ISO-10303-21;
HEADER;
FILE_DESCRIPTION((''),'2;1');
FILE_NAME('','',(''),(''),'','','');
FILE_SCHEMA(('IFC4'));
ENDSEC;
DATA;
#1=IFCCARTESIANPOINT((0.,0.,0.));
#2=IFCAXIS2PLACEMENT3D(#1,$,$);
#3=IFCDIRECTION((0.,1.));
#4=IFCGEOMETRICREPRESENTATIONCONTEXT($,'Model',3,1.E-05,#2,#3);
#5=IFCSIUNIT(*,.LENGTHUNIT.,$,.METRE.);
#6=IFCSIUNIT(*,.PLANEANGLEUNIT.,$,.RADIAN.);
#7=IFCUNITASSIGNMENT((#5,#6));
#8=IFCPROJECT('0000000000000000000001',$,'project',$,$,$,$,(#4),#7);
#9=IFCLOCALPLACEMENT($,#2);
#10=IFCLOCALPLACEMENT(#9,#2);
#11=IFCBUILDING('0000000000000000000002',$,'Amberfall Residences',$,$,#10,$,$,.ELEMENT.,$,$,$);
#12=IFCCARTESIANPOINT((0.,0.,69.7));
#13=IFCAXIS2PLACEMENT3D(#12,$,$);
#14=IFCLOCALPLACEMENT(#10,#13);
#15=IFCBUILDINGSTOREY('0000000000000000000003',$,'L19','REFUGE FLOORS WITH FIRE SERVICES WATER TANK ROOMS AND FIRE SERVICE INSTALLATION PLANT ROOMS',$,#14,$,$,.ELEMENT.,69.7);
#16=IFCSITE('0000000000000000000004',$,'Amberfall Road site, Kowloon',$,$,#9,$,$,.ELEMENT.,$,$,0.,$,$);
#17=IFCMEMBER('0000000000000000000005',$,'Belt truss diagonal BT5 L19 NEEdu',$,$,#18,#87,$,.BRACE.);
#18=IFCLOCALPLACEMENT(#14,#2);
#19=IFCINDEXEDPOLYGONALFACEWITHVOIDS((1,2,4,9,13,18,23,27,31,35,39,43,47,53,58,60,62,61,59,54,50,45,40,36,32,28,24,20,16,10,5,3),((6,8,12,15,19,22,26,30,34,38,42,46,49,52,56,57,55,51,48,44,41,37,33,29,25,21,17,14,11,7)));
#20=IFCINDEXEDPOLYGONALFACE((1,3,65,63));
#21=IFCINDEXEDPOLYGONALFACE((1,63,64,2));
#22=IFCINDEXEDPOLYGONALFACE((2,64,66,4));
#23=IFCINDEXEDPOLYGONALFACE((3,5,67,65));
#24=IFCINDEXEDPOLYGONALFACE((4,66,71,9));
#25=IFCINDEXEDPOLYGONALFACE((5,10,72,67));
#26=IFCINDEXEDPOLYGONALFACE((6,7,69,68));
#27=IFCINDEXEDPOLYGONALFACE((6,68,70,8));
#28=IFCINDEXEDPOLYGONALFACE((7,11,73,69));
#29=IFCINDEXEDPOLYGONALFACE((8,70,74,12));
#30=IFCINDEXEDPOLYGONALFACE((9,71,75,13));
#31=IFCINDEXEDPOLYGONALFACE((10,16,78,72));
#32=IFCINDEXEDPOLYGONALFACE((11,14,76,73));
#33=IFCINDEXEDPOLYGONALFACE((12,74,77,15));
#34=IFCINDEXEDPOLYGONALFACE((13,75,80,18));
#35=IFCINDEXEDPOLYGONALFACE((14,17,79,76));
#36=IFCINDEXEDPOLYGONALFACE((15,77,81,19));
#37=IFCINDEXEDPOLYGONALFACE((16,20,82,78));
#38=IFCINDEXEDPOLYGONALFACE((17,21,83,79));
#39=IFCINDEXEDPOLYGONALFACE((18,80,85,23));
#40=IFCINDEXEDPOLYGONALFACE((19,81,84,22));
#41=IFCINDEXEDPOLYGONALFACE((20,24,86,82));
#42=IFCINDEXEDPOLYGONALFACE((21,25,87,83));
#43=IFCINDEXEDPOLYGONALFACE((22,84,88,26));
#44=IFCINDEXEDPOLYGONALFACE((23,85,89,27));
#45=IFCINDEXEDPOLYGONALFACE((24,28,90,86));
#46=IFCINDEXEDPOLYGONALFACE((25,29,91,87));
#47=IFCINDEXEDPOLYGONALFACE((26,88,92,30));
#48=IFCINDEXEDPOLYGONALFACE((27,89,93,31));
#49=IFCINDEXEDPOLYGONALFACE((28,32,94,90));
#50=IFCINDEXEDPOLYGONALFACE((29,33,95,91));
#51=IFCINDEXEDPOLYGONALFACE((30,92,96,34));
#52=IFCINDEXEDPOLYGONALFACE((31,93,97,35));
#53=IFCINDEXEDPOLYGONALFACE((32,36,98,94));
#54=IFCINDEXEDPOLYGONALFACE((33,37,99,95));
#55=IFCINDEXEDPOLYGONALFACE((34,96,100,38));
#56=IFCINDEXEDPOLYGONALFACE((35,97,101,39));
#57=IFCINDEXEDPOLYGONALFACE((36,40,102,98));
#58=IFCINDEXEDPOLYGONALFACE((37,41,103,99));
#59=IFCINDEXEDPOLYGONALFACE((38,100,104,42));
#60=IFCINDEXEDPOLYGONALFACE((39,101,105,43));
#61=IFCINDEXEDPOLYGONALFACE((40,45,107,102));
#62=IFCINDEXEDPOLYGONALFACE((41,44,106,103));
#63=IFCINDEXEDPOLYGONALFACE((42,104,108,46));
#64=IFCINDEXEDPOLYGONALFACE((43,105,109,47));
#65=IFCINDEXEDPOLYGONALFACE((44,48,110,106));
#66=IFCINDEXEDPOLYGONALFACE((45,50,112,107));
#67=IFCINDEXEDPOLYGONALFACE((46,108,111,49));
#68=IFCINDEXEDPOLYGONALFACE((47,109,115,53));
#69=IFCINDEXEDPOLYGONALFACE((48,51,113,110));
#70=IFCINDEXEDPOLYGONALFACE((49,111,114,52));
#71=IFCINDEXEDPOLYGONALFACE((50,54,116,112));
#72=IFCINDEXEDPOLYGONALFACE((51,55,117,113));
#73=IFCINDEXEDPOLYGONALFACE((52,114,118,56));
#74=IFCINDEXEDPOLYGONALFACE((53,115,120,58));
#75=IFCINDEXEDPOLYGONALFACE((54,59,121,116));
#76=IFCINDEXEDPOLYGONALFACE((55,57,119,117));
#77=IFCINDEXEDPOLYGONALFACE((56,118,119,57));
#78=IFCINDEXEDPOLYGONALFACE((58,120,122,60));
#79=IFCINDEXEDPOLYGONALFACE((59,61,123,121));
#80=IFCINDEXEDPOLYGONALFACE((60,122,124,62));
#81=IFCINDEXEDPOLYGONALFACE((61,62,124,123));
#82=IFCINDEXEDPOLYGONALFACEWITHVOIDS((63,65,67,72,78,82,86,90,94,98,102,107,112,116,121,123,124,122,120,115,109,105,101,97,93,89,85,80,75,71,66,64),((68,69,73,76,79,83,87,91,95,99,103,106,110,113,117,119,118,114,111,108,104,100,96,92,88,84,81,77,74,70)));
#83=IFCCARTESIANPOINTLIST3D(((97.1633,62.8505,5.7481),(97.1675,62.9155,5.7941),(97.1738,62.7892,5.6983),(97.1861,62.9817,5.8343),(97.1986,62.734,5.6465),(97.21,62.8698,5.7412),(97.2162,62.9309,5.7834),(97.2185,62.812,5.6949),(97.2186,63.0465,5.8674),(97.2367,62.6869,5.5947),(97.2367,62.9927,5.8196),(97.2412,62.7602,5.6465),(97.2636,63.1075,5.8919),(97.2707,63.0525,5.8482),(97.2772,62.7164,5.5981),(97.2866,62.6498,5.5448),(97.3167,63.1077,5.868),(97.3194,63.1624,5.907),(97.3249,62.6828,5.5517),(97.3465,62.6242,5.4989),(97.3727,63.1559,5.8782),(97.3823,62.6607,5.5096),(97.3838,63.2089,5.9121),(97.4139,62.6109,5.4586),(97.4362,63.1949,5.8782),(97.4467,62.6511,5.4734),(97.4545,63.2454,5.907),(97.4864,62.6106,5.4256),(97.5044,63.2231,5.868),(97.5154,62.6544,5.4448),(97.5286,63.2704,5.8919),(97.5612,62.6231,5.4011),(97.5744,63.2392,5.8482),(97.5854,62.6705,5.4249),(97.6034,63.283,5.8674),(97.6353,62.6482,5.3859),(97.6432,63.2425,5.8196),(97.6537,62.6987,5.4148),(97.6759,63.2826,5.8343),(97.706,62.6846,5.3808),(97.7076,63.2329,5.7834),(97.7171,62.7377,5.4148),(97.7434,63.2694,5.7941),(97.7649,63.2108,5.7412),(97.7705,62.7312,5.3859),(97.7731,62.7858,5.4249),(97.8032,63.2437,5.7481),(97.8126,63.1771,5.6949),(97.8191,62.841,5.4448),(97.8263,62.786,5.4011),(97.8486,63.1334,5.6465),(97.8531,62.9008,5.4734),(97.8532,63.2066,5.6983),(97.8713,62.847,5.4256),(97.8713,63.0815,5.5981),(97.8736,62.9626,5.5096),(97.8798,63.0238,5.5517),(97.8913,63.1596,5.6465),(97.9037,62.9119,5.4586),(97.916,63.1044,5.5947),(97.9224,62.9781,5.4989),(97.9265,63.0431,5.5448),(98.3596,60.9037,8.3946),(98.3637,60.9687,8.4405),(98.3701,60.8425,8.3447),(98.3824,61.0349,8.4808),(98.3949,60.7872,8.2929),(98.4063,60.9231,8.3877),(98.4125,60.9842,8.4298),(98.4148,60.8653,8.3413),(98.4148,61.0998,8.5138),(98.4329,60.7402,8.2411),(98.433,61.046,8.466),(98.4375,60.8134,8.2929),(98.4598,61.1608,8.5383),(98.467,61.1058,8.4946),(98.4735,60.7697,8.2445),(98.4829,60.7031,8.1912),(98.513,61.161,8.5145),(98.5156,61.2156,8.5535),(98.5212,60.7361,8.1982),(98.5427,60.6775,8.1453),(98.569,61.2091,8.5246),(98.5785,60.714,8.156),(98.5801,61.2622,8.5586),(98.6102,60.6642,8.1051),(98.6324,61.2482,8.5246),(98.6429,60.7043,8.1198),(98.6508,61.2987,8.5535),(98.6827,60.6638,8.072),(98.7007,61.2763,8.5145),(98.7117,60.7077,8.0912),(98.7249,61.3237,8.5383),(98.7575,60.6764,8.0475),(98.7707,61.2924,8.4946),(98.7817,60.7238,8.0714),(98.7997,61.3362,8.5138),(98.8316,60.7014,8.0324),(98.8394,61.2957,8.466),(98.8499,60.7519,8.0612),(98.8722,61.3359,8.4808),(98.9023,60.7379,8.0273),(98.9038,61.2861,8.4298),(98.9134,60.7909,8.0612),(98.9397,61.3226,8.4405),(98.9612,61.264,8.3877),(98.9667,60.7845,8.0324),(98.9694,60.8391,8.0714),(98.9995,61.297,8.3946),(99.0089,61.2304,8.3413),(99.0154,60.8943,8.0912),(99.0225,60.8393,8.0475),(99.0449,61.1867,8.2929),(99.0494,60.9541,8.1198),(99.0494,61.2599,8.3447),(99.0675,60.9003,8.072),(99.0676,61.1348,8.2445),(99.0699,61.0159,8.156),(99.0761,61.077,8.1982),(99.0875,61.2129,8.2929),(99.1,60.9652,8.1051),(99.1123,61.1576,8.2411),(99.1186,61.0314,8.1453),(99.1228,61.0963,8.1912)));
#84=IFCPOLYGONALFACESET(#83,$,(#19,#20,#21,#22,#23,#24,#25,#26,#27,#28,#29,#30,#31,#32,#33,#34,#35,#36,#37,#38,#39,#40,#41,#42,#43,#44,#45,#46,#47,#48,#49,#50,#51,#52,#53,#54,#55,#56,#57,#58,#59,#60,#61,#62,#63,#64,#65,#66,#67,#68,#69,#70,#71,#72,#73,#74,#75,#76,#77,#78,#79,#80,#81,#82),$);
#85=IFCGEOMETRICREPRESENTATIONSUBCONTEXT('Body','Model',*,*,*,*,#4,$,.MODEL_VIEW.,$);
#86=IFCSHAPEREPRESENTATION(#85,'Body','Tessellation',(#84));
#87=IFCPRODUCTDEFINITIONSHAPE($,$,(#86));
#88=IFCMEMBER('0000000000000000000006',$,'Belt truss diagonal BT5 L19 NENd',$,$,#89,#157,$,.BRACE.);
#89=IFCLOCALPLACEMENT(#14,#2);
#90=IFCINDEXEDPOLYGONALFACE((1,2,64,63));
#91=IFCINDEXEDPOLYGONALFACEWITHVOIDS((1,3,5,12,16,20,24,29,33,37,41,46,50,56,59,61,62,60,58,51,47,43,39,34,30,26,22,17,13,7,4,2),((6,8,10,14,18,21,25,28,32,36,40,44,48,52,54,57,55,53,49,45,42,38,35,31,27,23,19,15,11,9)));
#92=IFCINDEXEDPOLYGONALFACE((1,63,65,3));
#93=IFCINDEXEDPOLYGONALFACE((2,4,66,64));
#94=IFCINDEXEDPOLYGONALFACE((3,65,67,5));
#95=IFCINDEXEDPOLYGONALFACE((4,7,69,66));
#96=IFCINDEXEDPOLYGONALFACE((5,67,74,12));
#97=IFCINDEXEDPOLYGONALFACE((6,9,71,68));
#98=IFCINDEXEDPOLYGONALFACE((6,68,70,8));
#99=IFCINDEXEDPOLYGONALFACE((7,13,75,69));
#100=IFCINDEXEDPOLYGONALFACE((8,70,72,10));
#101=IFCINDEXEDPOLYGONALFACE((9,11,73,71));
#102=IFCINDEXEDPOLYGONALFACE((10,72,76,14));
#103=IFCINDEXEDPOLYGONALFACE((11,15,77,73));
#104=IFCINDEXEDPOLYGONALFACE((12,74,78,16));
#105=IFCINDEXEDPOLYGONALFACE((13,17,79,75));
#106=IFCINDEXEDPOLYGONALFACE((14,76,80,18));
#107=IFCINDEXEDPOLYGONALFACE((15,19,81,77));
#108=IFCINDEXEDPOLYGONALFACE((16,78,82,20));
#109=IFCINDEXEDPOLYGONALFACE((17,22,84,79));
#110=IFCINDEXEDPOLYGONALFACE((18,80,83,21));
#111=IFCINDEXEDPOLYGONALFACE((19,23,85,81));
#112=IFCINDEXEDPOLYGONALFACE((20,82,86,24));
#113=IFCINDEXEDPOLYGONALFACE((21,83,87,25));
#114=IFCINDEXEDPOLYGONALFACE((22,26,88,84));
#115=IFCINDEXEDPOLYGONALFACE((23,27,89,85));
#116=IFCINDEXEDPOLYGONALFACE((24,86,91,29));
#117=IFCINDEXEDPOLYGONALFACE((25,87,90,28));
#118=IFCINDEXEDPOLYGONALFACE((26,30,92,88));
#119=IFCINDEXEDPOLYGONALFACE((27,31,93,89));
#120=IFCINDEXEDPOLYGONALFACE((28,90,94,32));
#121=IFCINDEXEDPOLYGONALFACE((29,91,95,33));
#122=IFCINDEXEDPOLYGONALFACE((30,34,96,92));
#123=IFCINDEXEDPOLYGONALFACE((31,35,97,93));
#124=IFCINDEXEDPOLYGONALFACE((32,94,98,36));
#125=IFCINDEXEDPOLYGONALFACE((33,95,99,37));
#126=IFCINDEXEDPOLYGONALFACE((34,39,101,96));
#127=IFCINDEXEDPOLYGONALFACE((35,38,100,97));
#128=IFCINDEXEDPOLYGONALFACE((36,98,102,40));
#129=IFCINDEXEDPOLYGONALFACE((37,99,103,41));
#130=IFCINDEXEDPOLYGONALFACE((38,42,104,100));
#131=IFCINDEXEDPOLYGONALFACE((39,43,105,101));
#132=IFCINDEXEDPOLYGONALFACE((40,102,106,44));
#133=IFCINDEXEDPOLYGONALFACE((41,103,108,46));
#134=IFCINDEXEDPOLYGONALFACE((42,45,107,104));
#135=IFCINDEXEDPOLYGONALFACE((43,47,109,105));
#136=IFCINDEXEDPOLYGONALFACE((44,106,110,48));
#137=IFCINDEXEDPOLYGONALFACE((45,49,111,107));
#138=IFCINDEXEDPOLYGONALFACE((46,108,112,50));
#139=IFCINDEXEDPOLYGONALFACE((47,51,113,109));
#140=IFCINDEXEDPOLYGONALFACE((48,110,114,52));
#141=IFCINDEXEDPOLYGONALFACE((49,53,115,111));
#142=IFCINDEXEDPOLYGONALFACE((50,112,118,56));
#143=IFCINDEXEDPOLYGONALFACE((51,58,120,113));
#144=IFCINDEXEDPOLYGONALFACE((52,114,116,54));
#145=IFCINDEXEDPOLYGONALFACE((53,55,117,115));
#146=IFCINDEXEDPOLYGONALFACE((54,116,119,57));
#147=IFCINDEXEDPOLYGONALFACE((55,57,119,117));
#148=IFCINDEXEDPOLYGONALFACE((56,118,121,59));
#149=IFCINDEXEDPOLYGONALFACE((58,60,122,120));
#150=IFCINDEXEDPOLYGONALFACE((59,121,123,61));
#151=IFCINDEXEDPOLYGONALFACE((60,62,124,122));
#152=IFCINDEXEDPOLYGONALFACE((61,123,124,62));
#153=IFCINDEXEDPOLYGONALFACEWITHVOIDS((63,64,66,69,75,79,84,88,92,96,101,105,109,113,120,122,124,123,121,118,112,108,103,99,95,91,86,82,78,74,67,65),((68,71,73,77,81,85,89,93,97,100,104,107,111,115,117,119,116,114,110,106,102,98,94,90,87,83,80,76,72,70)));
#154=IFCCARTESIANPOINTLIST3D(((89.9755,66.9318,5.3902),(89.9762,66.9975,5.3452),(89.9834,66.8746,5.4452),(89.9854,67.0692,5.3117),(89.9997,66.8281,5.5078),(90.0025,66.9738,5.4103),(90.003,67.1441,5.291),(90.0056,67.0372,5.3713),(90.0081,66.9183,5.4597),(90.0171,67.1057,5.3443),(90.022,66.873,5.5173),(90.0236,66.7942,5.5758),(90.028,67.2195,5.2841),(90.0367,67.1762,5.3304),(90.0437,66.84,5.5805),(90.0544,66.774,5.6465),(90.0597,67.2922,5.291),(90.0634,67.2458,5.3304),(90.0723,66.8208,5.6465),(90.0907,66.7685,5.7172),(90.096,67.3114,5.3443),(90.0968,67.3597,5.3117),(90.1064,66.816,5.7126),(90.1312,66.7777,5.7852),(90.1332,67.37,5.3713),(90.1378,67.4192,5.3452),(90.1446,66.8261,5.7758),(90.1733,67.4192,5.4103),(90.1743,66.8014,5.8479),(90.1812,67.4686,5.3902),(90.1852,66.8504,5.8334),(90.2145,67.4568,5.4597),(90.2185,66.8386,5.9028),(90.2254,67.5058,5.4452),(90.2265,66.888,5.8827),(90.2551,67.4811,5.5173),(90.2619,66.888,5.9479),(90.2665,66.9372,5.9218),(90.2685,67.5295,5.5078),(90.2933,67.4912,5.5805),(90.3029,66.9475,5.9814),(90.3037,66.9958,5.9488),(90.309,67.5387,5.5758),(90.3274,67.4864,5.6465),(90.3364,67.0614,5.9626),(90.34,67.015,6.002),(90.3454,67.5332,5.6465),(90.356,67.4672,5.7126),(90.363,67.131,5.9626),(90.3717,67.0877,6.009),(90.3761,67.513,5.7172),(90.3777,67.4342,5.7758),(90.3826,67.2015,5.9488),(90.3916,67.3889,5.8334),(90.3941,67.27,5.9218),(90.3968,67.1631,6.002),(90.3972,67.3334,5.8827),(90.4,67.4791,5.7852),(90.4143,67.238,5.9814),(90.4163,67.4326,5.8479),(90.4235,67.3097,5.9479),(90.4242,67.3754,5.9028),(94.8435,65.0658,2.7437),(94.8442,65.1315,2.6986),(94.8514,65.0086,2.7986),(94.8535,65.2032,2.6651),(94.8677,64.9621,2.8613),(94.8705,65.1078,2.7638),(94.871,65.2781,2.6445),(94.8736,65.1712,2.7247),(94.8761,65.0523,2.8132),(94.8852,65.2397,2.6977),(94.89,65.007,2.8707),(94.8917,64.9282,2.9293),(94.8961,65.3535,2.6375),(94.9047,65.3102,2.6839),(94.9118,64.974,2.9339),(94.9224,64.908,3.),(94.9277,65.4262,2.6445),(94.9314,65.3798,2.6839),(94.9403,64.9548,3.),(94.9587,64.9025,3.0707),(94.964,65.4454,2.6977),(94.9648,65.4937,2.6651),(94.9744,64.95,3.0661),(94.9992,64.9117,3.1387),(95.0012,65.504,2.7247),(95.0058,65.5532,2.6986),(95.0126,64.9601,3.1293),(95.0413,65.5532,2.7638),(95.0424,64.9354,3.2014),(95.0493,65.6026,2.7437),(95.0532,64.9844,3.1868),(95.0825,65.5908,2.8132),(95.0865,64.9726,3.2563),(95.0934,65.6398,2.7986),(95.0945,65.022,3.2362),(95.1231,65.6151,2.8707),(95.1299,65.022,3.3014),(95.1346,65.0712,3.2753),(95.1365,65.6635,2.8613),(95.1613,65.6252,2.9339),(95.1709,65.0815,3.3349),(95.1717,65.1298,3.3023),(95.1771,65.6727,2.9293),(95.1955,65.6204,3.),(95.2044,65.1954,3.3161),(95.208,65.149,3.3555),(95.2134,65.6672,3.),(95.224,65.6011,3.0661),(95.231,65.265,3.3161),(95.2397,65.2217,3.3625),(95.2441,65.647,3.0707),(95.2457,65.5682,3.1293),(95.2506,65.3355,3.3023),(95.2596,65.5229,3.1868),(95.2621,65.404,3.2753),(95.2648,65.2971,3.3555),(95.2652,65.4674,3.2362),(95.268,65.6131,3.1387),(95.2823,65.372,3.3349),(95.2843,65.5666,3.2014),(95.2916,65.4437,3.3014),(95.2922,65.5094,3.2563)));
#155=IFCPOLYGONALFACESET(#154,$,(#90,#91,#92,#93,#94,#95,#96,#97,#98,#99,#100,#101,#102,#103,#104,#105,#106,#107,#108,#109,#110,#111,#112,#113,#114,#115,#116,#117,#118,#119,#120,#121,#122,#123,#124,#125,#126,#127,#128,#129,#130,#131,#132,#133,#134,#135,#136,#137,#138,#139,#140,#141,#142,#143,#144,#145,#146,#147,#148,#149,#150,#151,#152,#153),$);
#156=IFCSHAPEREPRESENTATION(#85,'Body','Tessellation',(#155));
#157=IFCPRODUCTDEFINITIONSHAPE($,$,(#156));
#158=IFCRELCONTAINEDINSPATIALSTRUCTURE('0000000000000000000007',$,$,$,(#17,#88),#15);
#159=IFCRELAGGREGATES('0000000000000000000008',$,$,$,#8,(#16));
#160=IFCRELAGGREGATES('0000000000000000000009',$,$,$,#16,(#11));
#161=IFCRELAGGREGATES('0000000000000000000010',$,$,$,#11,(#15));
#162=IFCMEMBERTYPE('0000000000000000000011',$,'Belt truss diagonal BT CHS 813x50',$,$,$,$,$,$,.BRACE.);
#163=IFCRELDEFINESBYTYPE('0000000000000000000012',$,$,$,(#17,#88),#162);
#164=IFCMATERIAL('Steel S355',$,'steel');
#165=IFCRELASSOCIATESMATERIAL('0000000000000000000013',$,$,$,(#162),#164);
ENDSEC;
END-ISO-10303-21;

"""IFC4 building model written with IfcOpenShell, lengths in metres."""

from ifc_helpers import new_model, si_unit, direction, frame, origin, origin_2d, place, context, subcontext, project, spatial, hollow_circle, extrude, material, material_profile, profile_set, type_object, element, save


model = new_model("IFC4")

# Units and contexts
model_context = context("Model", 3, precision=1e-05, world=origin(), true_north=direction((0.0, 1.0)))
body_context = subcontext(model_context, "Body", "Model", "MODEL_VIEW")
ifc_project = project(units=[si_unit("LENGTHUNIT", "METRE"), si_unit("PLANEANGLEUNIT", "RADIAN")], contexts=[model_context])

# Site, building, storey
site_placement = place(None, origin())
site = spatial("IfcSite", under=ifc_project, at=site_placement, Name="Amberfall Road site, Kowloon", CompositionType="ELEMENT", RefElevation=0.0)
building_placement = place(site_placement, origin())
building = spatial("IfcBuilding", under=site, at=building_placement, Name="Amberfall Residences", CompositionType="ELEMENT")
storey_placement = place(building_placement, frame((0.0, 0.0, 69.7)))
storey = spatial("IfcBuildingStorey", under=building, at=storey_placement, Name="L19", Description="REFUGE FLOORS WITH FIRE SERVICES WATER TANK ROOMS AND FIRE SERVICE INSTALLATION PLANT ROOMS", CompositionType="ELEMENT", Elevation=69.7)

# Shared definitions
ifc_material_1 = material(Name="Steel S355", Category="steel")

# Members
ifc_material_profile_1 = material_profile(ifc_material_1, hollow_circle(Radius=0.4065, WallThickness=0.05, at=origin_2d()), Name="CHS 813x50")
ifc_profile_set_1 = profile_set([ifc_material_profile_1], Name="Steel S355")
member_type = type_object("IfcMemberType", Name="Belt truss diagonal BT CHS 813x50", PredefinedType="BRACE", material=ifc_profile_set_1)
member_1_placement = place(storey_placement, frame((97.5449, 62.9468, 5.6465), z_axis=(0.342147, -0.556792, 0.756913), x_axis=(0.851996, 0.523549, 0.0)))
element("IfcMember", 1, at=member_1_placement, inside=storey, type_object=member_type, Name="Belt truss diagonal BT5 L19 NEEdu", PredefinedType="BRACE", context=body_context, shape_type="SweptSolid", body=[
    extrude(hollow_circle(Radius=0.4065, WallThickness=0.05, at=origin_2d()), origin(), (0.0, 0.0, 1.0), 3.4963),
])
member_2_placement = place(storey_placement, frame((95.0679, 65.2876, 3.0), z_axis=(-0.832612, 0.319156, 0.452656), x_axis=(-0.357924, -0.933751, 0.0)))
element("IfcMember", 2, at=member_2_placement, inside=storey, type_object=member_type, Name="Belt truss diagonal BT5 L19 NENd", PredefinedType="BRACE", context=body_context, shape_type="SweptSolid", body=[
    extrude(hollow_circle(Radius=0.4065, WallThickness=0.05, at=origin_2d()), origin(), (0.0, 0.0, 1.0), 5.8467),
])

save(model, "model.ifc")
